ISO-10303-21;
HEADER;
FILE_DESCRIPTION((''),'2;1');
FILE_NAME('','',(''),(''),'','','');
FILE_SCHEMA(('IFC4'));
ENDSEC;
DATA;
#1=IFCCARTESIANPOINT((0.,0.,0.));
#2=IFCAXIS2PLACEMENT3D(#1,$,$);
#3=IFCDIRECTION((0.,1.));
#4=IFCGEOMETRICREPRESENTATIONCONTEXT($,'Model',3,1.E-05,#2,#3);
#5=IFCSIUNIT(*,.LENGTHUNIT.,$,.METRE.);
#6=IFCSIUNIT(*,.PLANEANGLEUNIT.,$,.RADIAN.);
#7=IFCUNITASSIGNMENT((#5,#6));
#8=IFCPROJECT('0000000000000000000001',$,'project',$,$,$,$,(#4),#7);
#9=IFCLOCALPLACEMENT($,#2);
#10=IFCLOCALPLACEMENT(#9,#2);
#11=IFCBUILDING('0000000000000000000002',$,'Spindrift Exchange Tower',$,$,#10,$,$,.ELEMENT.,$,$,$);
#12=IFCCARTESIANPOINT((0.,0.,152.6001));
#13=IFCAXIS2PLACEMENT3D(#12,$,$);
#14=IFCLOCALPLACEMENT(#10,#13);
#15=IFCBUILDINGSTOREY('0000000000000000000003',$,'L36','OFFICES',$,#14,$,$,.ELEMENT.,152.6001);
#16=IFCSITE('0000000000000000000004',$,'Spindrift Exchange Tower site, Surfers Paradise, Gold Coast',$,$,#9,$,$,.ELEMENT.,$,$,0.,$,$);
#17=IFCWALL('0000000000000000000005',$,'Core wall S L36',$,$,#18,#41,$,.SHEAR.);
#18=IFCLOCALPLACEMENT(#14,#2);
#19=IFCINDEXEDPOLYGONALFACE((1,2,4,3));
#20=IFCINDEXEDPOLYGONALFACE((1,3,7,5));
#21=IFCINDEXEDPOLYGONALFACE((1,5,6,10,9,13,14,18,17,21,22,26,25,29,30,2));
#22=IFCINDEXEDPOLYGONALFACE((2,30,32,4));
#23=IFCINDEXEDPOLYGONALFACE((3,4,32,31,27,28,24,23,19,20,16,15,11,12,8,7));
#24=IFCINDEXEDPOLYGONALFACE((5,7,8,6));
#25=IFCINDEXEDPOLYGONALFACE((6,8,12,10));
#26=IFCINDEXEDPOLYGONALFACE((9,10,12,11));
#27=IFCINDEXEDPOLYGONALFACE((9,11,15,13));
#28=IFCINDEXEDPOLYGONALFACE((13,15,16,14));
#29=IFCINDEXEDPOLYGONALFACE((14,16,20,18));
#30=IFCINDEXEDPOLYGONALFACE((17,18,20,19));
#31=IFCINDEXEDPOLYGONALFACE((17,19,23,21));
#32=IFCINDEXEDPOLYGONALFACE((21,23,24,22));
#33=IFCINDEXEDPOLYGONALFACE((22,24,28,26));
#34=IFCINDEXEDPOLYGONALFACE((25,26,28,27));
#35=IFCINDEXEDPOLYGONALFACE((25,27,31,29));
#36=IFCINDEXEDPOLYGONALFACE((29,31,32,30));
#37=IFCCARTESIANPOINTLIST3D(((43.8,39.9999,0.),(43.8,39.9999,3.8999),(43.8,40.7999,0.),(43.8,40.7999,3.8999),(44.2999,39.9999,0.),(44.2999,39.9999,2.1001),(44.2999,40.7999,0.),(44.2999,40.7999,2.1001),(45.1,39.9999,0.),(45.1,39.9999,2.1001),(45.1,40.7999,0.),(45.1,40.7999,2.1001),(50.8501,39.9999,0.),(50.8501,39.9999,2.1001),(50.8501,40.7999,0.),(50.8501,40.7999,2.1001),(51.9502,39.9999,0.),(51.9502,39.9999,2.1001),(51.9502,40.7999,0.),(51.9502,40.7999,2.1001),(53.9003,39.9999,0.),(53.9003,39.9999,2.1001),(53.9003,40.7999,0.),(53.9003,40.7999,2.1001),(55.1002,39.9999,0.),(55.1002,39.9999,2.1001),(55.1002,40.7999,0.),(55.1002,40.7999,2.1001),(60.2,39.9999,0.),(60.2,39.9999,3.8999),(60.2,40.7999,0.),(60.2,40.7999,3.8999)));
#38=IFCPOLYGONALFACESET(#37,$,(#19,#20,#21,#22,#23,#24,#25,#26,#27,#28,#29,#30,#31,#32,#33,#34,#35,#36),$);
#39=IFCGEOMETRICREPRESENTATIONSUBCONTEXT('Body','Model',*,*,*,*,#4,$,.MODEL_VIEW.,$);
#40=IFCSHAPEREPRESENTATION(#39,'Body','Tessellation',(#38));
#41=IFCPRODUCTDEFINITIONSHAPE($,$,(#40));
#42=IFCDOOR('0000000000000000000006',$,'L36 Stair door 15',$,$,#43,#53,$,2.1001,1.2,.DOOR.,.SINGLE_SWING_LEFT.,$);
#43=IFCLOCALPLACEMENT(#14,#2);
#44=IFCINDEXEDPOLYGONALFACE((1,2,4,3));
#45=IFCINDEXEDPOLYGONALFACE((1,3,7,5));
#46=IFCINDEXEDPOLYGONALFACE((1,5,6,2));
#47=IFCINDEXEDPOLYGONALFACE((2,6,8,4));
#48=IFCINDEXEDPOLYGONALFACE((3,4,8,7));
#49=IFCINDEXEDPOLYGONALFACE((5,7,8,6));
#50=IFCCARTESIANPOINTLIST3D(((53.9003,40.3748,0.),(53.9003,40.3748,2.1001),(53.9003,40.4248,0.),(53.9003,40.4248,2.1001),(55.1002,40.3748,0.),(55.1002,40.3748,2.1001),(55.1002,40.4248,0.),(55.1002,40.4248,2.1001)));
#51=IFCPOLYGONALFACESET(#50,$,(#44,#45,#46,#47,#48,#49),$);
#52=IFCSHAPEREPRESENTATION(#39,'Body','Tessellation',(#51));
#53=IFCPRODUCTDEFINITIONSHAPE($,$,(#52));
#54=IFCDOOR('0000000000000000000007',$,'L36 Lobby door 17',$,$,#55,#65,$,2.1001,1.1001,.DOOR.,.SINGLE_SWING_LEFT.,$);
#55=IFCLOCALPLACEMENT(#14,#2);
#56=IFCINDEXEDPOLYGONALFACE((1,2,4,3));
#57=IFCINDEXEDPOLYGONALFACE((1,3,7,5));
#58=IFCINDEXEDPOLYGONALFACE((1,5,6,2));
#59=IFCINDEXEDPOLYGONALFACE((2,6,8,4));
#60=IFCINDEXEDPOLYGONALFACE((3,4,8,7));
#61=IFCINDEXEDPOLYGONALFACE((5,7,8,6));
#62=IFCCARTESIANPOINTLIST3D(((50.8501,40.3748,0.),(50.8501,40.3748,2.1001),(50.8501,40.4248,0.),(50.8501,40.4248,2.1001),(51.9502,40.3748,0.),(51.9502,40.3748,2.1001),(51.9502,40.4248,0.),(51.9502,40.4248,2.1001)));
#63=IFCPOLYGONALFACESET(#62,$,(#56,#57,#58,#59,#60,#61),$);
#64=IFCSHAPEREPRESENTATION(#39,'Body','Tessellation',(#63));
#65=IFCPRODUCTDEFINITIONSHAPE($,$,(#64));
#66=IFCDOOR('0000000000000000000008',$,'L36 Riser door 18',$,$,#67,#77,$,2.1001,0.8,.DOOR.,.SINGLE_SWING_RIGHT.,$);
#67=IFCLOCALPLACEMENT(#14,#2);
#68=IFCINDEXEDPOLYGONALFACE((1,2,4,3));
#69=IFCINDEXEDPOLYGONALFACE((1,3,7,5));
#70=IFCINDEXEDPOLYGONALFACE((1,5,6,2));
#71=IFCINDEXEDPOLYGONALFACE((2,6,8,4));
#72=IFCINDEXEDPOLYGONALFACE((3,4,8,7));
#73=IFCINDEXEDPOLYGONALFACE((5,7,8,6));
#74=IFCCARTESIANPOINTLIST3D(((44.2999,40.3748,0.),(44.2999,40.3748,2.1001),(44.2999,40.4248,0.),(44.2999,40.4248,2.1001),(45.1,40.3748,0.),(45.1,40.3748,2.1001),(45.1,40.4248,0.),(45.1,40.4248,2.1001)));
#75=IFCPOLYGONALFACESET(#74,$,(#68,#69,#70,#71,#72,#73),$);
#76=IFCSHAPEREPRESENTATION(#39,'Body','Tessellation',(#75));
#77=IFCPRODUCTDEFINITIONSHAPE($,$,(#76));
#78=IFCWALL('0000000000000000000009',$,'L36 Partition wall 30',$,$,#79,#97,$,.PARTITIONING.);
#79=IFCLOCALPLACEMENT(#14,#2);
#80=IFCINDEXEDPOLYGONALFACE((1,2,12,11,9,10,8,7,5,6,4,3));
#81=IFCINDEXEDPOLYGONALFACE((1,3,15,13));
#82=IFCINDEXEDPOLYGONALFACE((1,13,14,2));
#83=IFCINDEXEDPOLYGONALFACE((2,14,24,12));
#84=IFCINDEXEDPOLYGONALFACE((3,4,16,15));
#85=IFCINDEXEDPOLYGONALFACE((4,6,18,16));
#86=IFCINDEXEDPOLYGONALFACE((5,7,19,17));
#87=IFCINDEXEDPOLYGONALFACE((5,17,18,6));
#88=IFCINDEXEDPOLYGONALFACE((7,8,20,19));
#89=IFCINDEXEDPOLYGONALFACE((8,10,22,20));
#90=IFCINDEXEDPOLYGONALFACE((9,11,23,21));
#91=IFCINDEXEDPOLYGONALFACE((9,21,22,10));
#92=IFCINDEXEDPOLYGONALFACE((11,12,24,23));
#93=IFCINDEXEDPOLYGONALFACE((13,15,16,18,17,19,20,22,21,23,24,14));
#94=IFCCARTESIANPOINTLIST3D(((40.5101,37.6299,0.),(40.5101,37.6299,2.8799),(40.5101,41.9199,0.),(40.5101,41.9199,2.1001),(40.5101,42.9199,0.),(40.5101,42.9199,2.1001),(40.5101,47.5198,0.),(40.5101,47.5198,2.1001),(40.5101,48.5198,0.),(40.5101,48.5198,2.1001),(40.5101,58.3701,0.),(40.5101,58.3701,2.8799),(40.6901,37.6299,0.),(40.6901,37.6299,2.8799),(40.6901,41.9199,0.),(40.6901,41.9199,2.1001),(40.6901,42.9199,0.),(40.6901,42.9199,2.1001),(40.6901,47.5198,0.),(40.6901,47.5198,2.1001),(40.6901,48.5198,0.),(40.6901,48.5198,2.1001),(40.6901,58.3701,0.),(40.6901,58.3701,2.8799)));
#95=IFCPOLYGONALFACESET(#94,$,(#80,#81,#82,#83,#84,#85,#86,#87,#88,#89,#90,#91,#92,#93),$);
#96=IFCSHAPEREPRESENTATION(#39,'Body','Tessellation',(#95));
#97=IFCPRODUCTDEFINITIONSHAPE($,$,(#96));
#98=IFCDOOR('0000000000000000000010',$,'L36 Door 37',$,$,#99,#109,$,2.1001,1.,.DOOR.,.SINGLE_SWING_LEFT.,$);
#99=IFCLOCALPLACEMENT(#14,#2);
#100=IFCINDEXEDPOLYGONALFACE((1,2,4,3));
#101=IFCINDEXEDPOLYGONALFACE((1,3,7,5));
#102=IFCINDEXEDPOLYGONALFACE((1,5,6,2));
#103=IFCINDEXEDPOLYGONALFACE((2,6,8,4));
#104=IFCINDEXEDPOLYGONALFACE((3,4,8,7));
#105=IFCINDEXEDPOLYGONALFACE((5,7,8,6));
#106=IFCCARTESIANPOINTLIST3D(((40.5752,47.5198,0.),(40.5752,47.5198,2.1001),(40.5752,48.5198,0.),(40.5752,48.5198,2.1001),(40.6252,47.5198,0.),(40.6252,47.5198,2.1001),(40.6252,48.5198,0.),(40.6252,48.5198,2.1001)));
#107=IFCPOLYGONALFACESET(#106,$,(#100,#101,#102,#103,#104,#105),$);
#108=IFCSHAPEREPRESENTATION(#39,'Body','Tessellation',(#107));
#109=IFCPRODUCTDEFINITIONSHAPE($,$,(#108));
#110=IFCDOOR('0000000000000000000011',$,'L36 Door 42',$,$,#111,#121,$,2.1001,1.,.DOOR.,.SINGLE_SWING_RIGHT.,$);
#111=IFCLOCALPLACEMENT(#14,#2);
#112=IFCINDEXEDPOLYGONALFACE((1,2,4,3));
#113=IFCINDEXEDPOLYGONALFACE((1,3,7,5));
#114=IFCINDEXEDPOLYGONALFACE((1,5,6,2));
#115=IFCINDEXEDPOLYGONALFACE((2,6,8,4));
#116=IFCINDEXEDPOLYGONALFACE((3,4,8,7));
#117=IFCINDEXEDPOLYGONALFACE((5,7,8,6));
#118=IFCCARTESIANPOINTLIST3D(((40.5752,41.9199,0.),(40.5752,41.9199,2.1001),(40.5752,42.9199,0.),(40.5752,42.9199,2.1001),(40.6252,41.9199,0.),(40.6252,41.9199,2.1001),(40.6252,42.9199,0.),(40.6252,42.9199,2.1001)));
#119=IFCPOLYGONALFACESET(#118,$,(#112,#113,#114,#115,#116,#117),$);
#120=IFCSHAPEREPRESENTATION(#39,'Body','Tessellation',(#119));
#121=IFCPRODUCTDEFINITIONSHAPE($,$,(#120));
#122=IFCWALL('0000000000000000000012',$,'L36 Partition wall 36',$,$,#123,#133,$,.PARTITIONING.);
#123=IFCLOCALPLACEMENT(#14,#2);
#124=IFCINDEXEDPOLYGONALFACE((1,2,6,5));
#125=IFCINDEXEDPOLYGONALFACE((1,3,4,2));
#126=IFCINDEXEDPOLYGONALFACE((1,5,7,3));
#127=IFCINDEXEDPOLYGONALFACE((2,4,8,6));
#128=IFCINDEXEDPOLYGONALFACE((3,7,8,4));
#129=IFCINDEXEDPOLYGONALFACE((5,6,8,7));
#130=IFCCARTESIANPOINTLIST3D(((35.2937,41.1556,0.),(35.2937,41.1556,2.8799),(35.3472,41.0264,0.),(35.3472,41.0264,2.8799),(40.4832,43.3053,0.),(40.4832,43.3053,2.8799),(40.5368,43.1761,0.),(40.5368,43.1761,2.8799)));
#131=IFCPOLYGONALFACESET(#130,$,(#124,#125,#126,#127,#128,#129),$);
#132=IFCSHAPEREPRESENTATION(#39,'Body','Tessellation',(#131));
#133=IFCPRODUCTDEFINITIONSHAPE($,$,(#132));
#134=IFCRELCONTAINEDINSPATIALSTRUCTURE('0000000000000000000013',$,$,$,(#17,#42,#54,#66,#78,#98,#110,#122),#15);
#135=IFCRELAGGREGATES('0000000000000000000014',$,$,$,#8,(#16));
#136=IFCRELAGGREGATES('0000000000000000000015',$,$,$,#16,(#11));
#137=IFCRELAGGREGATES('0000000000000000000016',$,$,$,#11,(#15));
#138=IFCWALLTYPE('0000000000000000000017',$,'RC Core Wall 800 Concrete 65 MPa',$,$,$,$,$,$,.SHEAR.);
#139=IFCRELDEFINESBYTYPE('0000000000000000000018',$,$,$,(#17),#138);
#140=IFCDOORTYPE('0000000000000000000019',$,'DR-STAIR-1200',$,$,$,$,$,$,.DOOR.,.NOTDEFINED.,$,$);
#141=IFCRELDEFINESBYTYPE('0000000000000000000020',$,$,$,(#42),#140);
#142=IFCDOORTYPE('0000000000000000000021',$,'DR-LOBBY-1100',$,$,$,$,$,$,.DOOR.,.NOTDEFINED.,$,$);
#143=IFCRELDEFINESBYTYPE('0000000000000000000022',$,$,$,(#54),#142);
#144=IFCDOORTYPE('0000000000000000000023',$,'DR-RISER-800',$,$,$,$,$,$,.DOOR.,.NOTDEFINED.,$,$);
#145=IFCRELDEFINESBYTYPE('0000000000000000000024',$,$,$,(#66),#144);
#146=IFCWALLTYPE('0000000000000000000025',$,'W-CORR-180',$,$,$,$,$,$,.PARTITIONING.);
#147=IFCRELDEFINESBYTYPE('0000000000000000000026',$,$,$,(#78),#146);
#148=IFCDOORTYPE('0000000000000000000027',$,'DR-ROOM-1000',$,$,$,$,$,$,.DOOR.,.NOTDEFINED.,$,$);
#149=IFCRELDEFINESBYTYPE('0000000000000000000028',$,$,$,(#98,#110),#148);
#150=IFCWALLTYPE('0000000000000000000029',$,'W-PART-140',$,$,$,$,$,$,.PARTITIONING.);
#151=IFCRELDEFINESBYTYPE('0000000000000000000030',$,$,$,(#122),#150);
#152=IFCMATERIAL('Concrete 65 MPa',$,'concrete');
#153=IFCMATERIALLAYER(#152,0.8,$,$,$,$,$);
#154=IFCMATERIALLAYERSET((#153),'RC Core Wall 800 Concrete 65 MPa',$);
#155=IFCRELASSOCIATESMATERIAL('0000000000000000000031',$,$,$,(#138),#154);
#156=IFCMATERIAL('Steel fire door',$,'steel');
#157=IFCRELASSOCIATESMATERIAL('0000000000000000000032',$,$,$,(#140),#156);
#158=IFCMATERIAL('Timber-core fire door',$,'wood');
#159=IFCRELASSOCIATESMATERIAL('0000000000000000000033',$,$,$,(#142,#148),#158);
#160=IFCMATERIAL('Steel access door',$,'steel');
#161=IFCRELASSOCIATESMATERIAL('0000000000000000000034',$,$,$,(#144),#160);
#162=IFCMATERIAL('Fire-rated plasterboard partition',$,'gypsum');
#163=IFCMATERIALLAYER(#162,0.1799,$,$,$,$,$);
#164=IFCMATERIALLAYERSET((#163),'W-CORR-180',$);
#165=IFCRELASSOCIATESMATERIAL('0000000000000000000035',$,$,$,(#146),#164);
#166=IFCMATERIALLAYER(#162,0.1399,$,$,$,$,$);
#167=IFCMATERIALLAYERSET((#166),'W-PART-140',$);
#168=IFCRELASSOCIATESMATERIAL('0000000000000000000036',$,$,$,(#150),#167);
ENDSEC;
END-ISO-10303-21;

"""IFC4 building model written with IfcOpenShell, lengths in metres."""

from ifc_helpers import new_model, si_unit, direction, frame, frame_2d, origin, place, context, subcontext, project, spatial, rectangle, extrude, source, transform, mapped, material, layer, layer_set, type_object, element, fill, save


model = new_model("IFC4")

# Units and contexts
model_context = context("Model", 3, precision=1e-05, world=origin(), true_north=direction((0.0, 1.0)))
body_context = subcontext(model_context, "Body", "Model", "MODEL_VIEW")
ifc_project = project(units=[si_unit("LENGTHUNIT", "METRE"), si_unit("PLANEANGLEUNIT", "RADIAN")], contexts=[model_context])

# Site, building, storey
site_placement = place(None, origin())
site = spatial("IfcSite", under=ifc_project, at=site_placement, Name="Spindrift Exchange Tower site, Surfers Paradise, Gold Coast", CompositionType="ELEMENT", RefElevation=0.0)
building_placement = place(site_placement, origin())
building = spatial("IfcBuilding", under=site, at=building_placement, Name="Spindrift Exchange Tower", CompositionType="ELEMENT")
storey_placement = place(building_placement, frame((0.0, 0.0, 152.6001)))
storey = spatial("IfcBuildingStorey", under=building, at=storey_placement, Name="L36", Description="OFFICES", CompositionType="ELEMENT", Elevation=152.6001)

# Walls, openings, doors
ifc_material_1 = material(Name="Concrete 65 MPa", Category="concrete")
ifc_layer_1 = layer(ifc_material_1, 0.8)
ifc_layer_set_1 = layer_set([ifc_layer_1], Name="RC Core Wall 800 Concrete 65 MPa")
wall_type_1 = type_object("IfcWallType", Name="RC Core Wall 800 Concrete 65 MPa", PredefinedType="SHEAR", material=ifc_layer_set_1)
wall_1_placement = place(storey_placement, frame((43.8, 40.3999, 0.0), z_axis=(0.0, 0.0, 1.0), x_axis=(1.0, 0.0, 0.0)))
wall_1 = element("IfcWall", 1, at=wall_1_placement, inside=storey, type_object=wall_type_1, Name="Core wall S L36", PredefinedType="SHEAR", context=body_context, shape_type="SweptSolid", body=[
    extrude(rectangle(XDim=16.3999, YDim=0.8, at=frame_2d((8.2, 0.0))), origin(), (0.0, 0.0, 1.0), 3.8999),
])
opening_1_placement = place(wall_1_placement, frame((10.1001, 0.0, 0.0)))
opening_1 = element("IfcOpeningElement", 2, at=opening_1_placement, cuts=wall_1, PredefinedType="OPENING", context=body_context, shape_type="SweptSolid", body=[
    extrude(rectangle(XDim=1.2, YDim=2.1001, at=frame_2d((0.6001, 1.05))), frame((0.0, 0.4099, 0.0), z_axis=(0.0, -1.0, 0.0), x_axis=(1.0, 0.0, 0.0)), (0.0, 0.0, 1.0), 0.8201),
])
opening_2_placement = place(wall_1_placement, frame((7.05, 0.0, 0.0)))
opening_2 = element("IfcOpeningElement", 3, at=opening_2_placement, cuts=wall_1, PredefinedType="OPENING", context=body_context, shape_type="SweptSolid", body=[
    extrude(rectangle(XDim=1.1001, YDim=2.1001, at=frame_2d((0.55, 1.05))), frame((0.0, 0.4099, 0.0), z_axis=(0.0, -1.0, 0.0), x_axis=(1.0, 0.0, 0.0)), (0.0, 0.0, 1.0), 0.8201),
])
opening_3_placement = place(wall_1_placement, frame((0.5, 0.0, 0.0)))
opening_3 = element("IfcOpeningElement", 4, at=opening_3_placement, cuts=wall_1, PredefinedType="OPENING", context=body_context, shape_type="SweptSolid", body=[
    extrude(rectangle(XDim=0.8, YDim=2.1001, at=frame_2d((0.3999, 1.05))), frame((0.0, 0.4099, 0.0), z_axis=(0.0, -1.0, 0.0), x_axis=(1.0, 0.0, 0.0)), (0.0, 0.0, 1.0), 0.8201),
])
ifc_material_2 = material(Name="Steel fire door", Category="steel")
door_type_1 = type_object("IfcDoorType", Name="DR-STAIR-1200", OperationType="NOTDEFINED", PredefinedType="DOOR", material=ifc_material_2)
shared_shape_1 = source(origin(), body_context, "Body", "SweptSolid", [
    extrude(rectangle(XDim=1.2, YDim=2.1001, at=frame_2d((0.6001, 1.05))), frame((0.0, 0.0249, 0.0), z_axis=(0.0, -1.0, 0.0), x_axis=(1.0, 0.0, 0.0)), (0.0, 0.0, 1.0), 0.05),
])
door_1_placement = place(opening_1_placement, origin())
door_1 = element("IfcDoor", 5, at=door_1_placement, inside=storey, type_object=door_type_1, Name="L36 Stair door 15", OperationType="SINGLE_SWING_LEFT", OverallHeight=2.1001, OverallWidth=1.2, PredefinedType="DOOR", context=body_context, shape_type="MappedRepresentation", body=[
    mapped(shared_shape_1, transform((0.0, 0.0, 0.0), scale=1.0)),
])
fill(opening_1, door_1)
ifc_material_3 = material(Name="Timber-core fire door", Category="wood")
door_type_2 = type_object("IfcDoorType", Name="DR-LOBBY-1100", OperationType="NOTDEFINED", PredefinedType="DOOR", material=ifc_material_3)
shared_shape_2 = source(origin(), body_context, "Body", "SweptSolid", [
    extrude(rectangle(XDim=1.1001, YDim=2.1001, at=frame_2d((0.55, 1.05))), frame((0.0, 0.0249, 0.0), z_axis=(0.0, -1.0, 0.0), x_axis=(1.0, 0.0, 0.0)), (0.0, 0.0, 1.0), 0.05),
])
door_2_placement = place(opening_2_placement, origin())
door_2 = element("IfcDoor", 6, at=door_2_placement, inside=storey, type_object=door_type_2, Name="L36 Lobby door 17", OperationType="SINGLE_SWING_LEFT", OverallHeight=2.1001, OverallWidth=1.1001, PredefinedType="DOOR", context=body_context, shape_type="MappedRepresentation", body=[
    mapped(shared_shape_2, transform((0.0, 0.0, 0.0), scale=1.0)),
])
fill(opening_2, door_2)
ifc_material_4 = material(Name="Steel access door", Category="steel")
door_type_3 = type_object("IfcDoorType", Name="DR-RISER-800", OperationType="NOTDEFINED", PredefinedType="DOOR", material=ifc_material_4)
shared_shape_3 = source(origin(), body_context, "Body", "SweptSolid", [
    extrude(rectangle(XDim=0.8, YDim=2.1001, at=frame_2d((0.3999, 1.05))), frame((0.0, 0.0249, 0.0), z_axis=(0.0, -1.0, 0.0), x_axis=(1.0, 0.0, 0.0)), (0.0, 0.0, 1.0), 0.05),
])
door_3_placement = place(opening_3_placement, origin())
door_3 = element("IfcDoor", 7, at=door_3_placement, inside=storey, type_object=door_type_3, Name="L36 Riser door 18", OperationType="SINGLE_SWING_RIGHT", OverallHeight=2.1001, OverallWidth=0.8, PredefinedType="DOOR", context=body_context, shape_type="MappedRepresentation", body=[
    mapped(shared_shape_3, transform((0.0, 0.0, 0.0), scale=1.0)),
])
fill(opening_3, door_3)
ifc_material_5 = material(Name="Fire-rated plasterboard partition", Category="gypsum")
ifc_layer_2 = layer(ifc_material_5, 0.1799)
ifc_layer_set_2 = layer_set([ifc_layer_2], Name="W-CORR-180")
wall_type_2 = type_object("IfcWallType", Name="W-CORR-180", PredefinedType="PARTITIONING", material=ifc_layer_set_2)
wall_2_placement = place(storey_placement, frame((40.6001, 37.6299, 0.0), z_axis=(0.0, 0.0, 1.0), x_axis=(0.0, 1.0, 0.0)))
wall_2 = element("IfcWall", 8, at=wall_2_placement, inside=storey, type_object=wall_type_2, Name="L36 Partition wall 30", PredefinedType="PARTITIONING", context=body_context, shape_type="SweptSolid", body=[
    extrude(rectangle(XDim=20.7402, YDim=0.1799, at=frame_2d((10.3701, 0.0))), origin(), (0.0, 0.0, 1.0), 2.8799),
])
opening_4_placement = place(wall_2_placement, frame((9.8899, 0.0, 0.0)))
opening_4 = element("IfcOpeningElement", 9, at=opening_4_placement, cuts=wall_2, PredefinedType="OPENING", context=body_context, shape_type="SweptSolid", body=[
    extrude(rectangle(XDim=1.0, YDim=2.1001, at=frame_2d((0.5, 1.05))), frame((0.0, 0.0999, 0.0), z_axis=(0.0, -1.0, 0.0), x_axis=(1.0, 0.0, 0.0)), (0.0, 0.0, 1.0), 0.2),
])
opening_5_placement = place(wall_2_placement, frame((4.29, 0.0, 0.0)))
opening_5 = element("IfcOpeningElement", 10, at=opening_5_placement, cuts=wall_2, PredefinedType="OPENING", context=body_context, shape_type="SweptSolid", body=[
    extrude(rectangle(XDim=1.0, YDim=2.1001, at=frame_2d((0.5, 1.05))), frame((0.0, 0.0999, 0.0), z_axis=(0.0, -1.0, 0.0), x_axis=(1.0, 0.0, 0.0)), (0.0, 0.0, 1.0), 0.2),
])
door_type_4 = type_object("IfcDoorType", Name="DR-ROOM-1000", OperationType="NOTDEFINED", PredefinedType="DOOR", material=ifc_material_3)
shared_shape_4 = source(origin(), body_context, "Body", "SweptSolid", [
    extrude(rectangle(XDim=1.0, YDim=2.1001, at=frame_2d((0.5, 1.05))), frame((0.0, 0.0249, 0.0), z_axis=(0.0, -1.0, 0.0), x_axis=(1.0, 0.0, 0.0)), (0.0, 0.0, 1.0), 0.05),
])
door_4_placement = place(opening_4_placement, origin())
door_4 = element("IfcDoor", 11, at=door_4_placement, inside=storey, type_object=door_type_4, Name="L36 Door 37", OperationType="SINGLE_SWING_LEFT", OverallHeight=2.1001, OverallWidth=1.0, PredefinedType="DOOR", context=body_context, shape_type="MappedRepresentation", body=[
    mapped(shared_shape_4, transform((0.0, 0.0, 0.0), scale=1.0)),
])
fill(opening_4, door_4)
door_5_placement = place(opening_5_placement, origin())
door_5 = element("IfcDoor", 12, at=door_5_placement, inside=storey, type_object=door_type_4, Name="L36 Door 42", OperationType="SINGLE_SWING_RIGHT", OverallHeight=2.1001, OverallWidth=1.0, PredefinedType="DOOR", context=body_context, shape_type="MappedRepresentation", body=[
    mapped(shared_shape_4, transform((0.0, 0.0, 0.0), scale=1.0)),
])
fill(opening_5, door_5)

# Wall
ifc_layer_3 = layer(ifc_material_5, 0.1399)
ifc_layer_set_3 = layer_set([ifc_layer_3], Name="W-PART-140")
wall_type_3 = type_object("IfcWallType", Name="W-PART-140", PredefinedType="PARTITIONING", material=ifc_layer_set_3)
wall_3_placement = place(storey_placement, frame((40.51, 43.2407, 0.0), z_axis=(0.0, 0.0, 1.0), x_axis=(-0.923872, -0.382701, 0.0)))
element("IfcWall", 13, at=wall_3_placement, inside=storey, type_object=wall_type_3, Name="L36 Partition wall 36", PredefinedType="PARTITIONING", context=body_context, shape_type="SweptSolid", body=[
    extrude(rectangle(XDim=5.6172, YDim=0.1399, at=frame_2d((2.8086, 0.0))), origin(), (0.0, 0.0, 1.0), 2.8799),
])

save(model, "model.ifc")
